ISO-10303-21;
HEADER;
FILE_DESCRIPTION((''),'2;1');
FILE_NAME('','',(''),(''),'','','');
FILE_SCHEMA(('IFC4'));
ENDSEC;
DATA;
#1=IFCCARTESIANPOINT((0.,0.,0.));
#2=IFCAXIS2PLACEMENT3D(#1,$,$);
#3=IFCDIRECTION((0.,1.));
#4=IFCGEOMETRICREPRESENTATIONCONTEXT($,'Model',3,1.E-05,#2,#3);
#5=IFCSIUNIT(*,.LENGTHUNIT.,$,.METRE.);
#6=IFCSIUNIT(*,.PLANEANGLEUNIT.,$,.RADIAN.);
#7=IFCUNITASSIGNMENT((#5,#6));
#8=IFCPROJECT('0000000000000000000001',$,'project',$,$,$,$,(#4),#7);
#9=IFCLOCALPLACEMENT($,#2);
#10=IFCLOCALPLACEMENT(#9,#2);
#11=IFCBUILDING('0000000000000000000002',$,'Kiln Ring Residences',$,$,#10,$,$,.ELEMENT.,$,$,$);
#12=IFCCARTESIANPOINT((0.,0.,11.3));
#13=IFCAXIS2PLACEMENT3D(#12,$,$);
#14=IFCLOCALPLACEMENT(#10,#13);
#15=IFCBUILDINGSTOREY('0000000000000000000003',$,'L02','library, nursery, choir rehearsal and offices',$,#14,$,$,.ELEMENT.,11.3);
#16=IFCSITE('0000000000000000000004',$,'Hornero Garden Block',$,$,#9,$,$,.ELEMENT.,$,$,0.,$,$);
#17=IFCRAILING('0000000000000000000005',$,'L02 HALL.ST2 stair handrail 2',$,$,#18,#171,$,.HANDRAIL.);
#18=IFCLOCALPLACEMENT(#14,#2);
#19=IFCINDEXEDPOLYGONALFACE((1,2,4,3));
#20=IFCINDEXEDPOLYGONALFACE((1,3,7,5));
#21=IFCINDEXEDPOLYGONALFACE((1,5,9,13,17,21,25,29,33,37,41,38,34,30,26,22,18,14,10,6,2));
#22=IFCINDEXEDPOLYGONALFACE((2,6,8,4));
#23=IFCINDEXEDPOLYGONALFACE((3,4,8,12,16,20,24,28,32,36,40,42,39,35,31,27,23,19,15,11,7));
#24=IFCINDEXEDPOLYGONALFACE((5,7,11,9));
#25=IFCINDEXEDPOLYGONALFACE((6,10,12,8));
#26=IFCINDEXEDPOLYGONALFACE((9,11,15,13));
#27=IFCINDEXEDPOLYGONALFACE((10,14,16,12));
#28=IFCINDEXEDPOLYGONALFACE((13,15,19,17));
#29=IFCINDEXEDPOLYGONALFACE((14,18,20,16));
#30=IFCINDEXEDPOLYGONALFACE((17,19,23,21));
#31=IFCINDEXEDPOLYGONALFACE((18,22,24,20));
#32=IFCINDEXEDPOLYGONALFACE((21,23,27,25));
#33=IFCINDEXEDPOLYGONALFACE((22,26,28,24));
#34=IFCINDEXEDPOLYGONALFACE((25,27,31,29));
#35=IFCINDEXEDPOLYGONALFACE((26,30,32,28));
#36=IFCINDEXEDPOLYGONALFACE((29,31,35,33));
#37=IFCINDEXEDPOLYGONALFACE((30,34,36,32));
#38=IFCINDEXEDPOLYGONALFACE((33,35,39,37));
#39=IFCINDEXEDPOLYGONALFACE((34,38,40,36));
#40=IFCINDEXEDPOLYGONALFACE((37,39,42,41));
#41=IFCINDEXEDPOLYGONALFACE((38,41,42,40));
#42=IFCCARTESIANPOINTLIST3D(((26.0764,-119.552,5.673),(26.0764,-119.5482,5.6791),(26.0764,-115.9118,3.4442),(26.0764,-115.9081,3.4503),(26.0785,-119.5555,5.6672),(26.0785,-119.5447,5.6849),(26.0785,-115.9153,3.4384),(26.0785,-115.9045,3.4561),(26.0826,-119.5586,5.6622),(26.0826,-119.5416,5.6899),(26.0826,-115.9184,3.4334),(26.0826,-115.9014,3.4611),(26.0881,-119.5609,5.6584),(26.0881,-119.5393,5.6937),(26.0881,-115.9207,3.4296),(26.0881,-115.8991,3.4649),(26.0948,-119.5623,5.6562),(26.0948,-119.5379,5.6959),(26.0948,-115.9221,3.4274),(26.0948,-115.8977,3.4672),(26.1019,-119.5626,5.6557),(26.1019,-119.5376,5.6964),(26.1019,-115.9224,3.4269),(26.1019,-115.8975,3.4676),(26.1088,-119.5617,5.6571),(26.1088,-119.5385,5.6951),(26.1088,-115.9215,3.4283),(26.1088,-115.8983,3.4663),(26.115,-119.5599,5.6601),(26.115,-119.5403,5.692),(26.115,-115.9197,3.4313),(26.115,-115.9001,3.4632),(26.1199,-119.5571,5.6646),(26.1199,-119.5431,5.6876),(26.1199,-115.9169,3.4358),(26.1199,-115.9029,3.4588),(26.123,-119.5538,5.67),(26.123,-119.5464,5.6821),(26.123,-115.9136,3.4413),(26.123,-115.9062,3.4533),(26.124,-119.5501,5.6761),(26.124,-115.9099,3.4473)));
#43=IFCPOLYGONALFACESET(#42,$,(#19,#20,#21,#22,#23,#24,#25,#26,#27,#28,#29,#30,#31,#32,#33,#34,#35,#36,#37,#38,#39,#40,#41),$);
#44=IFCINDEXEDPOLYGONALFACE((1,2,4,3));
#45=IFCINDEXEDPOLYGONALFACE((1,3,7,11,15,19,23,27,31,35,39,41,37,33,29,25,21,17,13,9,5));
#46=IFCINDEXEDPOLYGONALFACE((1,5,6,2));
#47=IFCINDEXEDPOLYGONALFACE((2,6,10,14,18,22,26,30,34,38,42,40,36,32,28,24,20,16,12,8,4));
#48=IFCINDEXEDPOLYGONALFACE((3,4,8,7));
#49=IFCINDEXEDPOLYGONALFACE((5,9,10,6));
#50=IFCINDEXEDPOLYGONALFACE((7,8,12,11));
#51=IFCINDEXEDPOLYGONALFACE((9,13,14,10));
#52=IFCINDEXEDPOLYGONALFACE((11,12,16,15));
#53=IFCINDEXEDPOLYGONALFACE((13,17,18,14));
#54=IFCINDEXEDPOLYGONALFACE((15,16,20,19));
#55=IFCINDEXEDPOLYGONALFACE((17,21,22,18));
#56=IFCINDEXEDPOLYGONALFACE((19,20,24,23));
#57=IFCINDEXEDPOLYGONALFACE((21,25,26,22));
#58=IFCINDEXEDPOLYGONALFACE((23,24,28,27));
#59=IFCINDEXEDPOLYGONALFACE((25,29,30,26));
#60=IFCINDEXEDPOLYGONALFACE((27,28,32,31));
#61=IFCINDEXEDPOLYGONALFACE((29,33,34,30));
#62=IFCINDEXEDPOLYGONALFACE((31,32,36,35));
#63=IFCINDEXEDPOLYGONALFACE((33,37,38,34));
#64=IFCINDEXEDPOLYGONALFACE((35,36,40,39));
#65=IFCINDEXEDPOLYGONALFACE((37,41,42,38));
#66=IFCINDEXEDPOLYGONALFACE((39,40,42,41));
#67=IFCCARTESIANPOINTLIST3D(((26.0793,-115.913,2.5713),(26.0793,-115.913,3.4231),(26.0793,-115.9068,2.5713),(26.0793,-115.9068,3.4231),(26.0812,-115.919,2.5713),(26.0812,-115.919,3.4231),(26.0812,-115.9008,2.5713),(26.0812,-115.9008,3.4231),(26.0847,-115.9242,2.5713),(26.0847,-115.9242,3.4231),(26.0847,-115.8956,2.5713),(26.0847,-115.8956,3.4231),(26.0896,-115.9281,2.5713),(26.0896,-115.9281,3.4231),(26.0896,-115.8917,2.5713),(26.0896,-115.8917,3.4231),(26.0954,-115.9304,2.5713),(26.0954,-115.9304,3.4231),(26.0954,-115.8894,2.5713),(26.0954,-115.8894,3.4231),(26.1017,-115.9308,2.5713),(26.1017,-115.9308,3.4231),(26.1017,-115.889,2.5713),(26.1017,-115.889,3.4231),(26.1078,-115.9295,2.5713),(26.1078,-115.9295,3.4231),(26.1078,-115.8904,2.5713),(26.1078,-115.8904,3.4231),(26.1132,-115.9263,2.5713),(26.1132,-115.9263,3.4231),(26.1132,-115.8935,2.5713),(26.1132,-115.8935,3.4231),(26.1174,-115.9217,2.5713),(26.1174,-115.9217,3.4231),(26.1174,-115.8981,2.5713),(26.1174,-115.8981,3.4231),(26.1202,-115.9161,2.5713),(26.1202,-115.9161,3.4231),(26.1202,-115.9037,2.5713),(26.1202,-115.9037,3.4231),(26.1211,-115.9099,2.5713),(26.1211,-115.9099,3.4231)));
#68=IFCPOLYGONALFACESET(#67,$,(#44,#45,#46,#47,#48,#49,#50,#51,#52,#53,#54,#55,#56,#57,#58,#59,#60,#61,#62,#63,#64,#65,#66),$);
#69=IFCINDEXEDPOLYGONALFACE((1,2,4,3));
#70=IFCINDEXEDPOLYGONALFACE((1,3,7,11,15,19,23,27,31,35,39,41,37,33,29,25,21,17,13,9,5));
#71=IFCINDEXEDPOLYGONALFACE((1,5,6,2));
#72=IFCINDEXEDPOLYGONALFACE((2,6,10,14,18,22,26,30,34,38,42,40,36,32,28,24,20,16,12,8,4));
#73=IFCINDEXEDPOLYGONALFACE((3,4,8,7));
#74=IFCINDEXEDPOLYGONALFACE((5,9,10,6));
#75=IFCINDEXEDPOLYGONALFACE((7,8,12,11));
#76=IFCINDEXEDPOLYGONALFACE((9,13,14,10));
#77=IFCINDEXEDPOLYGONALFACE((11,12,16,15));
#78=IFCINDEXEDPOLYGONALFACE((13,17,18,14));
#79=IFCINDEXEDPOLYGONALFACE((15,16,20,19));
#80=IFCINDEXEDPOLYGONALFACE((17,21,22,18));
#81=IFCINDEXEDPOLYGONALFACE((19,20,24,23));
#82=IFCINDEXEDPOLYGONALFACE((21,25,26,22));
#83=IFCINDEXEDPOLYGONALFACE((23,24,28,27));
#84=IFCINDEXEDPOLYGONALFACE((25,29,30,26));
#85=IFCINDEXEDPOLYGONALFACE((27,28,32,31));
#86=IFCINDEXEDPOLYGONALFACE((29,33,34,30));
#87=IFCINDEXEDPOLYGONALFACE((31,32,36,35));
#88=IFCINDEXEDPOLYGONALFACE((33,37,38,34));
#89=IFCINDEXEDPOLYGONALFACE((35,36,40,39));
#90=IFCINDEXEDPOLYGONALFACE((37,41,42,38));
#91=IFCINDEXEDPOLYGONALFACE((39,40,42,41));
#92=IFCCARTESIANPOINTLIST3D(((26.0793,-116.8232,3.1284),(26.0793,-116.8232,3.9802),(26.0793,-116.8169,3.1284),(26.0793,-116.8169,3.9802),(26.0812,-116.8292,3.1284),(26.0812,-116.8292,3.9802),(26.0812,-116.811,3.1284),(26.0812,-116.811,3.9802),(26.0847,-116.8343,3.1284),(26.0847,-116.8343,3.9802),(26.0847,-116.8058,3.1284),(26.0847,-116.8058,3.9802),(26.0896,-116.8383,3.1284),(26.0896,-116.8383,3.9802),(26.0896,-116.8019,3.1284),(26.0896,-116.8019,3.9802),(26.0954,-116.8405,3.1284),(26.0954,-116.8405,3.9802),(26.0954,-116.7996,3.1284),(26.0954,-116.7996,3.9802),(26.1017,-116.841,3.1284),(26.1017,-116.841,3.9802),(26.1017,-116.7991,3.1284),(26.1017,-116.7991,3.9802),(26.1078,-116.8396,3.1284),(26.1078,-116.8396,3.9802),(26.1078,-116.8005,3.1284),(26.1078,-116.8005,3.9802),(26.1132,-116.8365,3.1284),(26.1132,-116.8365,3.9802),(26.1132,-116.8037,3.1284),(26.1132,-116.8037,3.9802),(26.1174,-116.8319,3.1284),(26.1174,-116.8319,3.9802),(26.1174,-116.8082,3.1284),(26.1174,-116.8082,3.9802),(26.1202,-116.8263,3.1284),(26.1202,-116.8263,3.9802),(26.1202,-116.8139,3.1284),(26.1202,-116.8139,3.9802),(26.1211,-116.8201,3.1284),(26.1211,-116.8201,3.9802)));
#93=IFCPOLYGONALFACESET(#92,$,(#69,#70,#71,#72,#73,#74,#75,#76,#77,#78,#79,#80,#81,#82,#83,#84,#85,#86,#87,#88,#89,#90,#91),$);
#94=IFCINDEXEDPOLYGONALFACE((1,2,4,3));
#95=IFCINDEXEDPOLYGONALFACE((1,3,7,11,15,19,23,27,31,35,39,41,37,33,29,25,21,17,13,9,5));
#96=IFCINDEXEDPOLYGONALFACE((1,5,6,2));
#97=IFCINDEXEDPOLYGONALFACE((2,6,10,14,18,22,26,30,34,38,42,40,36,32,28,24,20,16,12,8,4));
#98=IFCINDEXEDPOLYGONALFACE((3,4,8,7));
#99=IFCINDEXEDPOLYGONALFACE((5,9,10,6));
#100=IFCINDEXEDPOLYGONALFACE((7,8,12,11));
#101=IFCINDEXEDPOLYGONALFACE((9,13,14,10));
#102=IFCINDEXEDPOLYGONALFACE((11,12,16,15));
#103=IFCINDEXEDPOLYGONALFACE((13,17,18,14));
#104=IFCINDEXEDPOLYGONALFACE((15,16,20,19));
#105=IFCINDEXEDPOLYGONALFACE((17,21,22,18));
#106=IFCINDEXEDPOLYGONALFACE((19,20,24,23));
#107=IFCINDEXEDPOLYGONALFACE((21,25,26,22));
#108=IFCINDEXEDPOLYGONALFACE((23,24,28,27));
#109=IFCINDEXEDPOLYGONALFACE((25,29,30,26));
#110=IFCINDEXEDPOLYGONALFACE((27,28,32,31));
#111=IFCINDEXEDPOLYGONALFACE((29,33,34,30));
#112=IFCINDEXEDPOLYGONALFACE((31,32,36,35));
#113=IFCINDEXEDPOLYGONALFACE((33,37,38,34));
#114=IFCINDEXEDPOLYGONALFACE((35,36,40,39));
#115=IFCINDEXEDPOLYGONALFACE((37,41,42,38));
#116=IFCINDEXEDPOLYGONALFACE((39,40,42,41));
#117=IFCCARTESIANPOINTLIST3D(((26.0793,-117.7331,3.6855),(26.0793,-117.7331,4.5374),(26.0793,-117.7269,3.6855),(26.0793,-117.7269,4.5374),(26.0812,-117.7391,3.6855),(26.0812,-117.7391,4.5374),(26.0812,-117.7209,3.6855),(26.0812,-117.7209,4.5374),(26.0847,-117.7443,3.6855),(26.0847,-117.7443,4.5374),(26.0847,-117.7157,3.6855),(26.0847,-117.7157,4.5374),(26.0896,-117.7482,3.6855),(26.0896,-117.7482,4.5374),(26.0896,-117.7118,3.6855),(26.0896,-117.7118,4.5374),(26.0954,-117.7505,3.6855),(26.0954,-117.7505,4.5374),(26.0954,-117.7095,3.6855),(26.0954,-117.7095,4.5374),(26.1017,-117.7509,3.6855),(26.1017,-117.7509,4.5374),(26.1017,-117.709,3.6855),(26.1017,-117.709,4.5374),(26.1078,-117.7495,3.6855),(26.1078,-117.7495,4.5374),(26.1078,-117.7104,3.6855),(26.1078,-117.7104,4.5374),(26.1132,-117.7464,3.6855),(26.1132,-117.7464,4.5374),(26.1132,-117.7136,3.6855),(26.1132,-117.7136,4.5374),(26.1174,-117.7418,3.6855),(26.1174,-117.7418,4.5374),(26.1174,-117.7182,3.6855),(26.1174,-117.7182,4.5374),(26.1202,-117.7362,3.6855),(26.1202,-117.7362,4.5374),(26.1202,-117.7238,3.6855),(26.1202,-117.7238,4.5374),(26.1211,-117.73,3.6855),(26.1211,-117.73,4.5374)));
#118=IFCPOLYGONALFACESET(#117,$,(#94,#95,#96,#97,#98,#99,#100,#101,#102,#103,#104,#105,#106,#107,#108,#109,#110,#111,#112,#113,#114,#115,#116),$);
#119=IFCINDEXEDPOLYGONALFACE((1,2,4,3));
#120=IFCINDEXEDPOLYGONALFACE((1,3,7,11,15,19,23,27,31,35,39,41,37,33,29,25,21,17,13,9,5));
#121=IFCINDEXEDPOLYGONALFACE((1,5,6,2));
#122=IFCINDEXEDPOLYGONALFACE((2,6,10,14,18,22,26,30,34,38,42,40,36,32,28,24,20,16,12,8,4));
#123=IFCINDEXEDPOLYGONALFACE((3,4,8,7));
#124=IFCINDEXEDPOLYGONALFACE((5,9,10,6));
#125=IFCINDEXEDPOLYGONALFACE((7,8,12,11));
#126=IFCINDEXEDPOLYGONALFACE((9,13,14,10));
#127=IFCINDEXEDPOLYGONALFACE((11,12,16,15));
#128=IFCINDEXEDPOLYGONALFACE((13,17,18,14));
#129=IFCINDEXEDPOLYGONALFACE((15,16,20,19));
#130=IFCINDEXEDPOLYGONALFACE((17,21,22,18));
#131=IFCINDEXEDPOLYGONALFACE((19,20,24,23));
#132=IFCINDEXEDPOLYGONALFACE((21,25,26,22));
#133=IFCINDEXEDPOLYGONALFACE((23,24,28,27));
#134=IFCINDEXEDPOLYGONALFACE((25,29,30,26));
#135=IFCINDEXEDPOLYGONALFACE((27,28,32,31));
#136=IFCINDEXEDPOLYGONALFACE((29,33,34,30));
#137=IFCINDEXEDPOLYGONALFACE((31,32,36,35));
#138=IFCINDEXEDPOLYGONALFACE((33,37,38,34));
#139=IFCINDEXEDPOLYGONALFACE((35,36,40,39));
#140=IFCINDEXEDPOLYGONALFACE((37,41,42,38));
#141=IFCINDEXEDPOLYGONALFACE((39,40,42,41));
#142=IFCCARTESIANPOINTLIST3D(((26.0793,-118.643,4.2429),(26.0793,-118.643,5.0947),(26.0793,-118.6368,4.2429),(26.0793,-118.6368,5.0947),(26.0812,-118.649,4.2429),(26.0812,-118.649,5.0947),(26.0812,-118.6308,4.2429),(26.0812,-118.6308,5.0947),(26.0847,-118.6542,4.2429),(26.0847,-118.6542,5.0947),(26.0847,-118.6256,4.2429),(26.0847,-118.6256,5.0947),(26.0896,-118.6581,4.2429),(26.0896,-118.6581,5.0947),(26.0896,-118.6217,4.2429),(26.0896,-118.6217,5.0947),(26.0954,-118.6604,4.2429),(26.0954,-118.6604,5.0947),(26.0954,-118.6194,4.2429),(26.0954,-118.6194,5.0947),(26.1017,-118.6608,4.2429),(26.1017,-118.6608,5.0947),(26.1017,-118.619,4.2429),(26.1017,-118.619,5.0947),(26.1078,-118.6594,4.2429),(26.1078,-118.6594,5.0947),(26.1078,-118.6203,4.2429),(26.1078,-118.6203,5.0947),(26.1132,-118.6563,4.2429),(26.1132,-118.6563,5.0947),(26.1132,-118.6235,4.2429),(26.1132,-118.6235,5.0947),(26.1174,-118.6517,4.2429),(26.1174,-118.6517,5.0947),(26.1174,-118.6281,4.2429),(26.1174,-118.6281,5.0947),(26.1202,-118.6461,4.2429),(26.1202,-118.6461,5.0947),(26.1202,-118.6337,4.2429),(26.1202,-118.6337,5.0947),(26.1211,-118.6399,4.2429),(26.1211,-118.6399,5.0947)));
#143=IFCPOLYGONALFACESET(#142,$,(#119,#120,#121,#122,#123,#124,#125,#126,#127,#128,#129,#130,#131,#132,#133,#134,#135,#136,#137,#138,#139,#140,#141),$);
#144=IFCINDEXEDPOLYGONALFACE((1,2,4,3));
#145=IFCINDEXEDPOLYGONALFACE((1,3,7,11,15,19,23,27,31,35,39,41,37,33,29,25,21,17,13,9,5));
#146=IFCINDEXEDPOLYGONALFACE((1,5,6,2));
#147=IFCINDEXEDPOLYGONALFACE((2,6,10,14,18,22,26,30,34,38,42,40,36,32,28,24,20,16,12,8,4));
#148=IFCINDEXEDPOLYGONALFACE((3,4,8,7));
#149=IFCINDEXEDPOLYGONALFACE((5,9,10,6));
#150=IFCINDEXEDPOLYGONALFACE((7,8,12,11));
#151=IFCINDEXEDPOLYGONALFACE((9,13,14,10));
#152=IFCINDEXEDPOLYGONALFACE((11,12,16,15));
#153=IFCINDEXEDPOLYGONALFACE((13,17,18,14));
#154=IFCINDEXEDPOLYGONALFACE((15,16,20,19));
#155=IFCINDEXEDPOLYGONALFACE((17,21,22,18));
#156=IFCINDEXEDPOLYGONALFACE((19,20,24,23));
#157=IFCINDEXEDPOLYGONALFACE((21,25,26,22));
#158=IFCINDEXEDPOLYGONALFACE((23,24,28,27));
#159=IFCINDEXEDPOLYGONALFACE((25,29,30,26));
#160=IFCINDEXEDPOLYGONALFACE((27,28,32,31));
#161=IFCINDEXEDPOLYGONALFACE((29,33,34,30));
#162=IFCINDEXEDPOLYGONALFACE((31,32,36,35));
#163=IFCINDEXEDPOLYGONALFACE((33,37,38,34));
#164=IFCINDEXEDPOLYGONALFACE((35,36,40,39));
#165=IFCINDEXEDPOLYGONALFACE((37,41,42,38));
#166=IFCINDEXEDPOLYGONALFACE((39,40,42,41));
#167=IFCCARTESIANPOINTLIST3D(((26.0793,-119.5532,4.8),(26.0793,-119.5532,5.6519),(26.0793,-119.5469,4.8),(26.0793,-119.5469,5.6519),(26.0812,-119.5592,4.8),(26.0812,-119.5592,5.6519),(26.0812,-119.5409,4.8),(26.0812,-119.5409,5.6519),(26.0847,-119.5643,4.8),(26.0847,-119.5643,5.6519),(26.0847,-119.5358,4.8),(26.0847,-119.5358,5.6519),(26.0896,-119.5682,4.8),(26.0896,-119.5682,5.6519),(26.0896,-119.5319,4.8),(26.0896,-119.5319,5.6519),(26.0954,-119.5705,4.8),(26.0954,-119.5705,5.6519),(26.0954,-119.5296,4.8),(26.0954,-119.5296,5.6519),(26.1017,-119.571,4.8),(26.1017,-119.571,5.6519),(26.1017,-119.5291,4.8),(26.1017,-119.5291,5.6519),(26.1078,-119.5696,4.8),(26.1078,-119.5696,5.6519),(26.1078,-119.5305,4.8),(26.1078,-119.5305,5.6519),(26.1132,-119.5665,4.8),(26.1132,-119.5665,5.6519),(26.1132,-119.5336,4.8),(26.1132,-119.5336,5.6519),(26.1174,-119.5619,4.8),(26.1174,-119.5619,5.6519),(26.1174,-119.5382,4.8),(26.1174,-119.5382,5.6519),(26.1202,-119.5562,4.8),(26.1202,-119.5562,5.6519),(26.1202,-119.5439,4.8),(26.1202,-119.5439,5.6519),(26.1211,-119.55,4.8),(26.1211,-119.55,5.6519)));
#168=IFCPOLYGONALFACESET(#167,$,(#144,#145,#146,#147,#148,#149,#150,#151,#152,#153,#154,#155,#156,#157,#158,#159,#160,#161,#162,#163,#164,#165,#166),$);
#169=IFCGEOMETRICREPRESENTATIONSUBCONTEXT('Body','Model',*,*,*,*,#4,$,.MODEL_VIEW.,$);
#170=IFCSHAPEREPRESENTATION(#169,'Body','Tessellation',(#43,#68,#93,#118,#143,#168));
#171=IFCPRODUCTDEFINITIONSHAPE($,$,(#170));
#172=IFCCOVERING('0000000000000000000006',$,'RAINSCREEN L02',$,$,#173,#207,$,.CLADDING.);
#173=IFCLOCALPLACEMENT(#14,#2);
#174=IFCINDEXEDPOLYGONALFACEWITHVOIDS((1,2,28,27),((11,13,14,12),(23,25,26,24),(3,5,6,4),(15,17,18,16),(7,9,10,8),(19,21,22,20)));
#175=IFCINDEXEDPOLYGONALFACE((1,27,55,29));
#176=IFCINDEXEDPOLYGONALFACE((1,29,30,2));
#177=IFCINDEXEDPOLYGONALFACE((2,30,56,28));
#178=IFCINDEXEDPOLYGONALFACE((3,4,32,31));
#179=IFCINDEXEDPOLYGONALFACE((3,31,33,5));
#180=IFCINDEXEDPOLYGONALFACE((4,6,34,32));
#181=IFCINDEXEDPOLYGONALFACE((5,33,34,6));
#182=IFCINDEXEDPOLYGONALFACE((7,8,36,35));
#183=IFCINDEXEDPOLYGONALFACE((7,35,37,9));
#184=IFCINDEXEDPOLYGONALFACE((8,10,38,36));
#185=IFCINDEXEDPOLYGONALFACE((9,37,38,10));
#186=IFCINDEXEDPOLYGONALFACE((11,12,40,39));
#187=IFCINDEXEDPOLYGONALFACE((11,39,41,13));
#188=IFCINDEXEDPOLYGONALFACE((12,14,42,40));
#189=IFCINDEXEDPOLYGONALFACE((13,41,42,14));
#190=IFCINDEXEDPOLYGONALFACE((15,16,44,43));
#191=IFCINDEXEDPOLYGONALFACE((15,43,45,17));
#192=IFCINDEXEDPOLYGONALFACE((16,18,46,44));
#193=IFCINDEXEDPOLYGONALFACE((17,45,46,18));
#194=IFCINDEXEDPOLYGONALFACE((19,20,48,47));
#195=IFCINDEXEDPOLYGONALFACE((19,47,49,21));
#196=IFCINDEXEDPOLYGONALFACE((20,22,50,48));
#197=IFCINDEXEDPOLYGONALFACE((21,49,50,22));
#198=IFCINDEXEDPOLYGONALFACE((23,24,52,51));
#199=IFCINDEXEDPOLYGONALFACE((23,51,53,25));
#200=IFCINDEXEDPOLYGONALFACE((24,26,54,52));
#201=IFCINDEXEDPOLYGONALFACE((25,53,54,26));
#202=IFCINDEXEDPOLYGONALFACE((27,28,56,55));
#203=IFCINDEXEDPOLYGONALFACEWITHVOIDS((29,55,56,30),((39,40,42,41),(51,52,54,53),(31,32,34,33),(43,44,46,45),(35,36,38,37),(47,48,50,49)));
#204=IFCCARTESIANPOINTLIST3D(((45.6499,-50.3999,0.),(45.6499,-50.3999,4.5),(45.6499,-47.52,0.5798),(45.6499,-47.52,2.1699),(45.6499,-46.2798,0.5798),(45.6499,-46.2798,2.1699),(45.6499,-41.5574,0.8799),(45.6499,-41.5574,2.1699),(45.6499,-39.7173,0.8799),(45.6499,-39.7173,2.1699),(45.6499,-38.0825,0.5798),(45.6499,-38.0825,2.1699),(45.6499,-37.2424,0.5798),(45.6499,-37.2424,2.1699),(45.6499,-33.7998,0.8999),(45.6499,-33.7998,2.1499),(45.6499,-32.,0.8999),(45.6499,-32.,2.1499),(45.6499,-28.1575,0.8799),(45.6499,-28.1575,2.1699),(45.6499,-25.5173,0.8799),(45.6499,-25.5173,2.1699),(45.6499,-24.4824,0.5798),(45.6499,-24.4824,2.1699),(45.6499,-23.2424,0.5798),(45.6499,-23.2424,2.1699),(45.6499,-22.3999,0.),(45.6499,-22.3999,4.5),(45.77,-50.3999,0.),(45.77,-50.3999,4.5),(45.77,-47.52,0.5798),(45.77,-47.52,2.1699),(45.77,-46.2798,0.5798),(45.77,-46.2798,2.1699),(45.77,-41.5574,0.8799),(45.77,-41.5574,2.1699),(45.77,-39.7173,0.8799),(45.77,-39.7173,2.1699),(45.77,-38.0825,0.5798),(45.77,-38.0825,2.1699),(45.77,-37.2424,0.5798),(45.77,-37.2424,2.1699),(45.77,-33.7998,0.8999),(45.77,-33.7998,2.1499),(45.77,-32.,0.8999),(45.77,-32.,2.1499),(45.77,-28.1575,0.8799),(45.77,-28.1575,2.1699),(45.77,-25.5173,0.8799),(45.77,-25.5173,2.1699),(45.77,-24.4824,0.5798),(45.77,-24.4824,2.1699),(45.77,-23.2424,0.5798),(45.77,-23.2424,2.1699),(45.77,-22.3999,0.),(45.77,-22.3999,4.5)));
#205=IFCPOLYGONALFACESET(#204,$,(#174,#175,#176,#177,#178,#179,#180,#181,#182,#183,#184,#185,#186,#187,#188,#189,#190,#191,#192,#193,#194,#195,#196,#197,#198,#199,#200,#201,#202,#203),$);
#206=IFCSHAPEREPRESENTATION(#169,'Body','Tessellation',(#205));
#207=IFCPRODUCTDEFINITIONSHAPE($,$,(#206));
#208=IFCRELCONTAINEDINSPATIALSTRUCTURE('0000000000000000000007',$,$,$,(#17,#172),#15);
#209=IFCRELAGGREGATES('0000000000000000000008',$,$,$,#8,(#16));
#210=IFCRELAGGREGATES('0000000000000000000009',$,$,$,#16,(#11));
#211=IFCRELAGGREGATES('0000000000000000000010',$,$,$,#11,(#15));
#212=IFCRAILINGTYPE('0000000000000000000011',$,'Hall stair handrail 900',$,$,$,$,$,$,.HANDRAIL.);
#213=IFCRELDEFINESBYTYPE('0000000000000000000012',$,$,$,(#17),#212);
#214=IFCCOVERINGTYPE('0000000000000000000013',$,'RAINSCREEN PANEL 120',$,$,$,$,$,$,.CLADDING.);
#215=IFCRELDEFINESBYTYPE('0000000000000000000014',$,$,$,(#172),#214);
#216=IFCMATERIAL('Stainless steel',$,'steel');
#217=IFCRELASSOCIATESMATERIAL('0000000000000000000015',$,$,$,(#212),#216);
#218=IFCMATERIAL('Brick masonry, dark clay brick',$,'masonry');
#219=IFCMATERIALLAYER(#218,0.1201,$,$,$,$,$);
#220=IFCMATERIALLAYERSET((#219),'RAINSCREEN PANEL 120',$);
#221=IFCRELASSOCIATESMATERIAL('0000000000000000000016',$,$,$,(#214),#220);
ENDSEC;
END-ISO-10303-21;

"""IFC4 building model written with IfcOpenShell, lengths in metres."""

from ifc_helpers import new_model, si_unit, direction, frame, origin, origin_2d, place, context, subcontext, project, spatial, polyline, circle, outline, extrude, material, layer, layer_set, type_object, element, save


model = new_model("IFC4")

# Units and contexts
model_context = context("Model", 3, precision=1e-05, world=origin(), true_north=direction((0.0, 1.0)))
body_context = subcontext(model_context, "Body", "Model", "MODEL_VIEW")
ifc_project = project(units=[si_unit("LENGTHUNIT", "METRE"), si_unit("PLANEANGLEUNIT", "RADIAN")], contexts=[model_context])

# Site, building, storey
site_placement = place(None, origin())
site = spatial("IfcSite", under=ifc_project, at=site_placement, Name="Hornero Garden Block", CompositionType="ELEMENT", RefElevation=0.0)
building_placement = place(site_placement, origin())
building = spatial("IfcBuilding", under=site, at=building_placement, Name="Kiln Ring Residences", CompositionType="ELEMENT")
storey_placement = place(building_placement, frame((0.0, 0.0, 11.3)))
storey = spatial("IfcBuildingStorey", under=building, at=storey_placement, Name="L02", Description="library, nursery, choir rehearsal and offices", CompositionType="ELEMENT", Elevation=11.3)

# Railing
ifc_material_1 = material(Name="Stainless steel", Category="steel")
railing_type_1 = type_object("IfcRailingType", Name="Hall stair handrail 900", PredefinedType="HANDRAIL", material=ifc_material_1)
railing_1_placement = place(storey_placement, frame((26.1001, -115.9099, 2.5713)))
element("IfcRailing", 1, at=railing_1_placement, inside=storey, type_object=railing_type_1, Name="L02 HALL.ST2 stair handrail 2", PredefinedType="HANDRAIL", context=body_context, shape_type="SweptSolid", body=[
    extrude(circle(Radius=0.0239, at=origin_2d()), frame((0.0, 0.0, 0.876), z_axis=(0.0, -0.85284, 0.522172), x_axis=(1.0, 0.0, 0.0)), (0.0, 0.0, 1.0), 4.2683),
    extrude(circle(Radius=0.021, at=origin_2d()), origin(), (0.0, 0.0, 1.0), 0.8518),
    extrude(circle(Radius=0.021, at=origin_2d()), frame((0.0, -0.9102, 0.5571)), (0.0, 0.0, 1.0), 0.8518),
    extrude(circle(Radius=0.021, at=origin_2d()), frame((0.0, -1.8201, 1.1143)), (0.0, 0.0, 1.0), 0.8518),
    extrude(circle(Radius=0.021, at=origin_2d()), frame((0.0, -2.73, 1.6716)), (0.0, 0.0, 1.0), 0.8518),
    extrude(circle(Radius=0.021, at=origin_2d()), frame((0.0, -3.6401, 2.2288)), (0.0, 0.0, 1.0), 0.8518),
])

# Covering
ifc_material_2 = material(Name="Brick masonry, dark clay brick", Category="masonry")
ifc_layer_1 = layer(ifc_material_2, 0.1201)
ifc_layer_set_1 = layer_set([ifc_layer_1], Name="RAINSCREEN PANEL 120")
covering_type = type_object("IfcCoveringType", Name="RAINSCREEN PANEL 120", PredefinedType="CLADDING", material=ifc_layer_set_1)
covering_1_placement = place(storey_placement, frame((45.71, -50.3999, 0.0), z_axis=(0.0, 0.0, 1.0), x_axis=(0.0, 1.0, 0.0)))
element("IfcCovering", 2, at=covering_1_placement, inside=storey, type_object=covering_type, Name="RAINSCREEN L02", PredefinedType="CLADDING", context=body_context, shape_type="SweptSolid", body=[
    extrude(outline(polyline([(0.0, 0.0), (28.0, 0.0), (28.0, 4.5), (0.0, 4.5), (0.0, 0.0)]), holes=[polyline([(4.1201, 0.5798), (4.1201, 2.1699), (2.8799, 2.1699), (2.8799, 0.5798), (4.1201, 0.5798)]), polyline([(12.3174, 0.5798), (13.1575, 0.5798), (13.1575, 2.1699), (12.3174, 2.1699), (12.3174, 0.5798)]), polyline([(25.9175, 0.5798), (27.1575, 0.5798), (27.1575, 2.1699), (25.9175, 2.1699), (25.9175, 0.5798)]), polyline([(10.6826, 0.8799), (10.6826, 2.1699), (8.8425, 2.1699), (8.8425, 0.8799), (10.6826, 0.8799)]), polyline([(16.6001, 0.8999), (18.3999, 0.8999), (18.3999, 2.1499), (16.6001, 2.1499), (16.6001, 0.8999)]), polyline([(22.2424, 0.8799), (24.8826, 0.8799), (24.8826, 2.1699), (22.2424, 2.1699), (22.2424, 0.8799)])]), frame((0.0, 0.0601, 0.0), z_axis=(0.0, -1.0, 0.0), x_axis=(1.0, 0.0, 0.0)), (0.0, 0.0, 1.0), 0.1201),
])

save(model, "model.ifc")
